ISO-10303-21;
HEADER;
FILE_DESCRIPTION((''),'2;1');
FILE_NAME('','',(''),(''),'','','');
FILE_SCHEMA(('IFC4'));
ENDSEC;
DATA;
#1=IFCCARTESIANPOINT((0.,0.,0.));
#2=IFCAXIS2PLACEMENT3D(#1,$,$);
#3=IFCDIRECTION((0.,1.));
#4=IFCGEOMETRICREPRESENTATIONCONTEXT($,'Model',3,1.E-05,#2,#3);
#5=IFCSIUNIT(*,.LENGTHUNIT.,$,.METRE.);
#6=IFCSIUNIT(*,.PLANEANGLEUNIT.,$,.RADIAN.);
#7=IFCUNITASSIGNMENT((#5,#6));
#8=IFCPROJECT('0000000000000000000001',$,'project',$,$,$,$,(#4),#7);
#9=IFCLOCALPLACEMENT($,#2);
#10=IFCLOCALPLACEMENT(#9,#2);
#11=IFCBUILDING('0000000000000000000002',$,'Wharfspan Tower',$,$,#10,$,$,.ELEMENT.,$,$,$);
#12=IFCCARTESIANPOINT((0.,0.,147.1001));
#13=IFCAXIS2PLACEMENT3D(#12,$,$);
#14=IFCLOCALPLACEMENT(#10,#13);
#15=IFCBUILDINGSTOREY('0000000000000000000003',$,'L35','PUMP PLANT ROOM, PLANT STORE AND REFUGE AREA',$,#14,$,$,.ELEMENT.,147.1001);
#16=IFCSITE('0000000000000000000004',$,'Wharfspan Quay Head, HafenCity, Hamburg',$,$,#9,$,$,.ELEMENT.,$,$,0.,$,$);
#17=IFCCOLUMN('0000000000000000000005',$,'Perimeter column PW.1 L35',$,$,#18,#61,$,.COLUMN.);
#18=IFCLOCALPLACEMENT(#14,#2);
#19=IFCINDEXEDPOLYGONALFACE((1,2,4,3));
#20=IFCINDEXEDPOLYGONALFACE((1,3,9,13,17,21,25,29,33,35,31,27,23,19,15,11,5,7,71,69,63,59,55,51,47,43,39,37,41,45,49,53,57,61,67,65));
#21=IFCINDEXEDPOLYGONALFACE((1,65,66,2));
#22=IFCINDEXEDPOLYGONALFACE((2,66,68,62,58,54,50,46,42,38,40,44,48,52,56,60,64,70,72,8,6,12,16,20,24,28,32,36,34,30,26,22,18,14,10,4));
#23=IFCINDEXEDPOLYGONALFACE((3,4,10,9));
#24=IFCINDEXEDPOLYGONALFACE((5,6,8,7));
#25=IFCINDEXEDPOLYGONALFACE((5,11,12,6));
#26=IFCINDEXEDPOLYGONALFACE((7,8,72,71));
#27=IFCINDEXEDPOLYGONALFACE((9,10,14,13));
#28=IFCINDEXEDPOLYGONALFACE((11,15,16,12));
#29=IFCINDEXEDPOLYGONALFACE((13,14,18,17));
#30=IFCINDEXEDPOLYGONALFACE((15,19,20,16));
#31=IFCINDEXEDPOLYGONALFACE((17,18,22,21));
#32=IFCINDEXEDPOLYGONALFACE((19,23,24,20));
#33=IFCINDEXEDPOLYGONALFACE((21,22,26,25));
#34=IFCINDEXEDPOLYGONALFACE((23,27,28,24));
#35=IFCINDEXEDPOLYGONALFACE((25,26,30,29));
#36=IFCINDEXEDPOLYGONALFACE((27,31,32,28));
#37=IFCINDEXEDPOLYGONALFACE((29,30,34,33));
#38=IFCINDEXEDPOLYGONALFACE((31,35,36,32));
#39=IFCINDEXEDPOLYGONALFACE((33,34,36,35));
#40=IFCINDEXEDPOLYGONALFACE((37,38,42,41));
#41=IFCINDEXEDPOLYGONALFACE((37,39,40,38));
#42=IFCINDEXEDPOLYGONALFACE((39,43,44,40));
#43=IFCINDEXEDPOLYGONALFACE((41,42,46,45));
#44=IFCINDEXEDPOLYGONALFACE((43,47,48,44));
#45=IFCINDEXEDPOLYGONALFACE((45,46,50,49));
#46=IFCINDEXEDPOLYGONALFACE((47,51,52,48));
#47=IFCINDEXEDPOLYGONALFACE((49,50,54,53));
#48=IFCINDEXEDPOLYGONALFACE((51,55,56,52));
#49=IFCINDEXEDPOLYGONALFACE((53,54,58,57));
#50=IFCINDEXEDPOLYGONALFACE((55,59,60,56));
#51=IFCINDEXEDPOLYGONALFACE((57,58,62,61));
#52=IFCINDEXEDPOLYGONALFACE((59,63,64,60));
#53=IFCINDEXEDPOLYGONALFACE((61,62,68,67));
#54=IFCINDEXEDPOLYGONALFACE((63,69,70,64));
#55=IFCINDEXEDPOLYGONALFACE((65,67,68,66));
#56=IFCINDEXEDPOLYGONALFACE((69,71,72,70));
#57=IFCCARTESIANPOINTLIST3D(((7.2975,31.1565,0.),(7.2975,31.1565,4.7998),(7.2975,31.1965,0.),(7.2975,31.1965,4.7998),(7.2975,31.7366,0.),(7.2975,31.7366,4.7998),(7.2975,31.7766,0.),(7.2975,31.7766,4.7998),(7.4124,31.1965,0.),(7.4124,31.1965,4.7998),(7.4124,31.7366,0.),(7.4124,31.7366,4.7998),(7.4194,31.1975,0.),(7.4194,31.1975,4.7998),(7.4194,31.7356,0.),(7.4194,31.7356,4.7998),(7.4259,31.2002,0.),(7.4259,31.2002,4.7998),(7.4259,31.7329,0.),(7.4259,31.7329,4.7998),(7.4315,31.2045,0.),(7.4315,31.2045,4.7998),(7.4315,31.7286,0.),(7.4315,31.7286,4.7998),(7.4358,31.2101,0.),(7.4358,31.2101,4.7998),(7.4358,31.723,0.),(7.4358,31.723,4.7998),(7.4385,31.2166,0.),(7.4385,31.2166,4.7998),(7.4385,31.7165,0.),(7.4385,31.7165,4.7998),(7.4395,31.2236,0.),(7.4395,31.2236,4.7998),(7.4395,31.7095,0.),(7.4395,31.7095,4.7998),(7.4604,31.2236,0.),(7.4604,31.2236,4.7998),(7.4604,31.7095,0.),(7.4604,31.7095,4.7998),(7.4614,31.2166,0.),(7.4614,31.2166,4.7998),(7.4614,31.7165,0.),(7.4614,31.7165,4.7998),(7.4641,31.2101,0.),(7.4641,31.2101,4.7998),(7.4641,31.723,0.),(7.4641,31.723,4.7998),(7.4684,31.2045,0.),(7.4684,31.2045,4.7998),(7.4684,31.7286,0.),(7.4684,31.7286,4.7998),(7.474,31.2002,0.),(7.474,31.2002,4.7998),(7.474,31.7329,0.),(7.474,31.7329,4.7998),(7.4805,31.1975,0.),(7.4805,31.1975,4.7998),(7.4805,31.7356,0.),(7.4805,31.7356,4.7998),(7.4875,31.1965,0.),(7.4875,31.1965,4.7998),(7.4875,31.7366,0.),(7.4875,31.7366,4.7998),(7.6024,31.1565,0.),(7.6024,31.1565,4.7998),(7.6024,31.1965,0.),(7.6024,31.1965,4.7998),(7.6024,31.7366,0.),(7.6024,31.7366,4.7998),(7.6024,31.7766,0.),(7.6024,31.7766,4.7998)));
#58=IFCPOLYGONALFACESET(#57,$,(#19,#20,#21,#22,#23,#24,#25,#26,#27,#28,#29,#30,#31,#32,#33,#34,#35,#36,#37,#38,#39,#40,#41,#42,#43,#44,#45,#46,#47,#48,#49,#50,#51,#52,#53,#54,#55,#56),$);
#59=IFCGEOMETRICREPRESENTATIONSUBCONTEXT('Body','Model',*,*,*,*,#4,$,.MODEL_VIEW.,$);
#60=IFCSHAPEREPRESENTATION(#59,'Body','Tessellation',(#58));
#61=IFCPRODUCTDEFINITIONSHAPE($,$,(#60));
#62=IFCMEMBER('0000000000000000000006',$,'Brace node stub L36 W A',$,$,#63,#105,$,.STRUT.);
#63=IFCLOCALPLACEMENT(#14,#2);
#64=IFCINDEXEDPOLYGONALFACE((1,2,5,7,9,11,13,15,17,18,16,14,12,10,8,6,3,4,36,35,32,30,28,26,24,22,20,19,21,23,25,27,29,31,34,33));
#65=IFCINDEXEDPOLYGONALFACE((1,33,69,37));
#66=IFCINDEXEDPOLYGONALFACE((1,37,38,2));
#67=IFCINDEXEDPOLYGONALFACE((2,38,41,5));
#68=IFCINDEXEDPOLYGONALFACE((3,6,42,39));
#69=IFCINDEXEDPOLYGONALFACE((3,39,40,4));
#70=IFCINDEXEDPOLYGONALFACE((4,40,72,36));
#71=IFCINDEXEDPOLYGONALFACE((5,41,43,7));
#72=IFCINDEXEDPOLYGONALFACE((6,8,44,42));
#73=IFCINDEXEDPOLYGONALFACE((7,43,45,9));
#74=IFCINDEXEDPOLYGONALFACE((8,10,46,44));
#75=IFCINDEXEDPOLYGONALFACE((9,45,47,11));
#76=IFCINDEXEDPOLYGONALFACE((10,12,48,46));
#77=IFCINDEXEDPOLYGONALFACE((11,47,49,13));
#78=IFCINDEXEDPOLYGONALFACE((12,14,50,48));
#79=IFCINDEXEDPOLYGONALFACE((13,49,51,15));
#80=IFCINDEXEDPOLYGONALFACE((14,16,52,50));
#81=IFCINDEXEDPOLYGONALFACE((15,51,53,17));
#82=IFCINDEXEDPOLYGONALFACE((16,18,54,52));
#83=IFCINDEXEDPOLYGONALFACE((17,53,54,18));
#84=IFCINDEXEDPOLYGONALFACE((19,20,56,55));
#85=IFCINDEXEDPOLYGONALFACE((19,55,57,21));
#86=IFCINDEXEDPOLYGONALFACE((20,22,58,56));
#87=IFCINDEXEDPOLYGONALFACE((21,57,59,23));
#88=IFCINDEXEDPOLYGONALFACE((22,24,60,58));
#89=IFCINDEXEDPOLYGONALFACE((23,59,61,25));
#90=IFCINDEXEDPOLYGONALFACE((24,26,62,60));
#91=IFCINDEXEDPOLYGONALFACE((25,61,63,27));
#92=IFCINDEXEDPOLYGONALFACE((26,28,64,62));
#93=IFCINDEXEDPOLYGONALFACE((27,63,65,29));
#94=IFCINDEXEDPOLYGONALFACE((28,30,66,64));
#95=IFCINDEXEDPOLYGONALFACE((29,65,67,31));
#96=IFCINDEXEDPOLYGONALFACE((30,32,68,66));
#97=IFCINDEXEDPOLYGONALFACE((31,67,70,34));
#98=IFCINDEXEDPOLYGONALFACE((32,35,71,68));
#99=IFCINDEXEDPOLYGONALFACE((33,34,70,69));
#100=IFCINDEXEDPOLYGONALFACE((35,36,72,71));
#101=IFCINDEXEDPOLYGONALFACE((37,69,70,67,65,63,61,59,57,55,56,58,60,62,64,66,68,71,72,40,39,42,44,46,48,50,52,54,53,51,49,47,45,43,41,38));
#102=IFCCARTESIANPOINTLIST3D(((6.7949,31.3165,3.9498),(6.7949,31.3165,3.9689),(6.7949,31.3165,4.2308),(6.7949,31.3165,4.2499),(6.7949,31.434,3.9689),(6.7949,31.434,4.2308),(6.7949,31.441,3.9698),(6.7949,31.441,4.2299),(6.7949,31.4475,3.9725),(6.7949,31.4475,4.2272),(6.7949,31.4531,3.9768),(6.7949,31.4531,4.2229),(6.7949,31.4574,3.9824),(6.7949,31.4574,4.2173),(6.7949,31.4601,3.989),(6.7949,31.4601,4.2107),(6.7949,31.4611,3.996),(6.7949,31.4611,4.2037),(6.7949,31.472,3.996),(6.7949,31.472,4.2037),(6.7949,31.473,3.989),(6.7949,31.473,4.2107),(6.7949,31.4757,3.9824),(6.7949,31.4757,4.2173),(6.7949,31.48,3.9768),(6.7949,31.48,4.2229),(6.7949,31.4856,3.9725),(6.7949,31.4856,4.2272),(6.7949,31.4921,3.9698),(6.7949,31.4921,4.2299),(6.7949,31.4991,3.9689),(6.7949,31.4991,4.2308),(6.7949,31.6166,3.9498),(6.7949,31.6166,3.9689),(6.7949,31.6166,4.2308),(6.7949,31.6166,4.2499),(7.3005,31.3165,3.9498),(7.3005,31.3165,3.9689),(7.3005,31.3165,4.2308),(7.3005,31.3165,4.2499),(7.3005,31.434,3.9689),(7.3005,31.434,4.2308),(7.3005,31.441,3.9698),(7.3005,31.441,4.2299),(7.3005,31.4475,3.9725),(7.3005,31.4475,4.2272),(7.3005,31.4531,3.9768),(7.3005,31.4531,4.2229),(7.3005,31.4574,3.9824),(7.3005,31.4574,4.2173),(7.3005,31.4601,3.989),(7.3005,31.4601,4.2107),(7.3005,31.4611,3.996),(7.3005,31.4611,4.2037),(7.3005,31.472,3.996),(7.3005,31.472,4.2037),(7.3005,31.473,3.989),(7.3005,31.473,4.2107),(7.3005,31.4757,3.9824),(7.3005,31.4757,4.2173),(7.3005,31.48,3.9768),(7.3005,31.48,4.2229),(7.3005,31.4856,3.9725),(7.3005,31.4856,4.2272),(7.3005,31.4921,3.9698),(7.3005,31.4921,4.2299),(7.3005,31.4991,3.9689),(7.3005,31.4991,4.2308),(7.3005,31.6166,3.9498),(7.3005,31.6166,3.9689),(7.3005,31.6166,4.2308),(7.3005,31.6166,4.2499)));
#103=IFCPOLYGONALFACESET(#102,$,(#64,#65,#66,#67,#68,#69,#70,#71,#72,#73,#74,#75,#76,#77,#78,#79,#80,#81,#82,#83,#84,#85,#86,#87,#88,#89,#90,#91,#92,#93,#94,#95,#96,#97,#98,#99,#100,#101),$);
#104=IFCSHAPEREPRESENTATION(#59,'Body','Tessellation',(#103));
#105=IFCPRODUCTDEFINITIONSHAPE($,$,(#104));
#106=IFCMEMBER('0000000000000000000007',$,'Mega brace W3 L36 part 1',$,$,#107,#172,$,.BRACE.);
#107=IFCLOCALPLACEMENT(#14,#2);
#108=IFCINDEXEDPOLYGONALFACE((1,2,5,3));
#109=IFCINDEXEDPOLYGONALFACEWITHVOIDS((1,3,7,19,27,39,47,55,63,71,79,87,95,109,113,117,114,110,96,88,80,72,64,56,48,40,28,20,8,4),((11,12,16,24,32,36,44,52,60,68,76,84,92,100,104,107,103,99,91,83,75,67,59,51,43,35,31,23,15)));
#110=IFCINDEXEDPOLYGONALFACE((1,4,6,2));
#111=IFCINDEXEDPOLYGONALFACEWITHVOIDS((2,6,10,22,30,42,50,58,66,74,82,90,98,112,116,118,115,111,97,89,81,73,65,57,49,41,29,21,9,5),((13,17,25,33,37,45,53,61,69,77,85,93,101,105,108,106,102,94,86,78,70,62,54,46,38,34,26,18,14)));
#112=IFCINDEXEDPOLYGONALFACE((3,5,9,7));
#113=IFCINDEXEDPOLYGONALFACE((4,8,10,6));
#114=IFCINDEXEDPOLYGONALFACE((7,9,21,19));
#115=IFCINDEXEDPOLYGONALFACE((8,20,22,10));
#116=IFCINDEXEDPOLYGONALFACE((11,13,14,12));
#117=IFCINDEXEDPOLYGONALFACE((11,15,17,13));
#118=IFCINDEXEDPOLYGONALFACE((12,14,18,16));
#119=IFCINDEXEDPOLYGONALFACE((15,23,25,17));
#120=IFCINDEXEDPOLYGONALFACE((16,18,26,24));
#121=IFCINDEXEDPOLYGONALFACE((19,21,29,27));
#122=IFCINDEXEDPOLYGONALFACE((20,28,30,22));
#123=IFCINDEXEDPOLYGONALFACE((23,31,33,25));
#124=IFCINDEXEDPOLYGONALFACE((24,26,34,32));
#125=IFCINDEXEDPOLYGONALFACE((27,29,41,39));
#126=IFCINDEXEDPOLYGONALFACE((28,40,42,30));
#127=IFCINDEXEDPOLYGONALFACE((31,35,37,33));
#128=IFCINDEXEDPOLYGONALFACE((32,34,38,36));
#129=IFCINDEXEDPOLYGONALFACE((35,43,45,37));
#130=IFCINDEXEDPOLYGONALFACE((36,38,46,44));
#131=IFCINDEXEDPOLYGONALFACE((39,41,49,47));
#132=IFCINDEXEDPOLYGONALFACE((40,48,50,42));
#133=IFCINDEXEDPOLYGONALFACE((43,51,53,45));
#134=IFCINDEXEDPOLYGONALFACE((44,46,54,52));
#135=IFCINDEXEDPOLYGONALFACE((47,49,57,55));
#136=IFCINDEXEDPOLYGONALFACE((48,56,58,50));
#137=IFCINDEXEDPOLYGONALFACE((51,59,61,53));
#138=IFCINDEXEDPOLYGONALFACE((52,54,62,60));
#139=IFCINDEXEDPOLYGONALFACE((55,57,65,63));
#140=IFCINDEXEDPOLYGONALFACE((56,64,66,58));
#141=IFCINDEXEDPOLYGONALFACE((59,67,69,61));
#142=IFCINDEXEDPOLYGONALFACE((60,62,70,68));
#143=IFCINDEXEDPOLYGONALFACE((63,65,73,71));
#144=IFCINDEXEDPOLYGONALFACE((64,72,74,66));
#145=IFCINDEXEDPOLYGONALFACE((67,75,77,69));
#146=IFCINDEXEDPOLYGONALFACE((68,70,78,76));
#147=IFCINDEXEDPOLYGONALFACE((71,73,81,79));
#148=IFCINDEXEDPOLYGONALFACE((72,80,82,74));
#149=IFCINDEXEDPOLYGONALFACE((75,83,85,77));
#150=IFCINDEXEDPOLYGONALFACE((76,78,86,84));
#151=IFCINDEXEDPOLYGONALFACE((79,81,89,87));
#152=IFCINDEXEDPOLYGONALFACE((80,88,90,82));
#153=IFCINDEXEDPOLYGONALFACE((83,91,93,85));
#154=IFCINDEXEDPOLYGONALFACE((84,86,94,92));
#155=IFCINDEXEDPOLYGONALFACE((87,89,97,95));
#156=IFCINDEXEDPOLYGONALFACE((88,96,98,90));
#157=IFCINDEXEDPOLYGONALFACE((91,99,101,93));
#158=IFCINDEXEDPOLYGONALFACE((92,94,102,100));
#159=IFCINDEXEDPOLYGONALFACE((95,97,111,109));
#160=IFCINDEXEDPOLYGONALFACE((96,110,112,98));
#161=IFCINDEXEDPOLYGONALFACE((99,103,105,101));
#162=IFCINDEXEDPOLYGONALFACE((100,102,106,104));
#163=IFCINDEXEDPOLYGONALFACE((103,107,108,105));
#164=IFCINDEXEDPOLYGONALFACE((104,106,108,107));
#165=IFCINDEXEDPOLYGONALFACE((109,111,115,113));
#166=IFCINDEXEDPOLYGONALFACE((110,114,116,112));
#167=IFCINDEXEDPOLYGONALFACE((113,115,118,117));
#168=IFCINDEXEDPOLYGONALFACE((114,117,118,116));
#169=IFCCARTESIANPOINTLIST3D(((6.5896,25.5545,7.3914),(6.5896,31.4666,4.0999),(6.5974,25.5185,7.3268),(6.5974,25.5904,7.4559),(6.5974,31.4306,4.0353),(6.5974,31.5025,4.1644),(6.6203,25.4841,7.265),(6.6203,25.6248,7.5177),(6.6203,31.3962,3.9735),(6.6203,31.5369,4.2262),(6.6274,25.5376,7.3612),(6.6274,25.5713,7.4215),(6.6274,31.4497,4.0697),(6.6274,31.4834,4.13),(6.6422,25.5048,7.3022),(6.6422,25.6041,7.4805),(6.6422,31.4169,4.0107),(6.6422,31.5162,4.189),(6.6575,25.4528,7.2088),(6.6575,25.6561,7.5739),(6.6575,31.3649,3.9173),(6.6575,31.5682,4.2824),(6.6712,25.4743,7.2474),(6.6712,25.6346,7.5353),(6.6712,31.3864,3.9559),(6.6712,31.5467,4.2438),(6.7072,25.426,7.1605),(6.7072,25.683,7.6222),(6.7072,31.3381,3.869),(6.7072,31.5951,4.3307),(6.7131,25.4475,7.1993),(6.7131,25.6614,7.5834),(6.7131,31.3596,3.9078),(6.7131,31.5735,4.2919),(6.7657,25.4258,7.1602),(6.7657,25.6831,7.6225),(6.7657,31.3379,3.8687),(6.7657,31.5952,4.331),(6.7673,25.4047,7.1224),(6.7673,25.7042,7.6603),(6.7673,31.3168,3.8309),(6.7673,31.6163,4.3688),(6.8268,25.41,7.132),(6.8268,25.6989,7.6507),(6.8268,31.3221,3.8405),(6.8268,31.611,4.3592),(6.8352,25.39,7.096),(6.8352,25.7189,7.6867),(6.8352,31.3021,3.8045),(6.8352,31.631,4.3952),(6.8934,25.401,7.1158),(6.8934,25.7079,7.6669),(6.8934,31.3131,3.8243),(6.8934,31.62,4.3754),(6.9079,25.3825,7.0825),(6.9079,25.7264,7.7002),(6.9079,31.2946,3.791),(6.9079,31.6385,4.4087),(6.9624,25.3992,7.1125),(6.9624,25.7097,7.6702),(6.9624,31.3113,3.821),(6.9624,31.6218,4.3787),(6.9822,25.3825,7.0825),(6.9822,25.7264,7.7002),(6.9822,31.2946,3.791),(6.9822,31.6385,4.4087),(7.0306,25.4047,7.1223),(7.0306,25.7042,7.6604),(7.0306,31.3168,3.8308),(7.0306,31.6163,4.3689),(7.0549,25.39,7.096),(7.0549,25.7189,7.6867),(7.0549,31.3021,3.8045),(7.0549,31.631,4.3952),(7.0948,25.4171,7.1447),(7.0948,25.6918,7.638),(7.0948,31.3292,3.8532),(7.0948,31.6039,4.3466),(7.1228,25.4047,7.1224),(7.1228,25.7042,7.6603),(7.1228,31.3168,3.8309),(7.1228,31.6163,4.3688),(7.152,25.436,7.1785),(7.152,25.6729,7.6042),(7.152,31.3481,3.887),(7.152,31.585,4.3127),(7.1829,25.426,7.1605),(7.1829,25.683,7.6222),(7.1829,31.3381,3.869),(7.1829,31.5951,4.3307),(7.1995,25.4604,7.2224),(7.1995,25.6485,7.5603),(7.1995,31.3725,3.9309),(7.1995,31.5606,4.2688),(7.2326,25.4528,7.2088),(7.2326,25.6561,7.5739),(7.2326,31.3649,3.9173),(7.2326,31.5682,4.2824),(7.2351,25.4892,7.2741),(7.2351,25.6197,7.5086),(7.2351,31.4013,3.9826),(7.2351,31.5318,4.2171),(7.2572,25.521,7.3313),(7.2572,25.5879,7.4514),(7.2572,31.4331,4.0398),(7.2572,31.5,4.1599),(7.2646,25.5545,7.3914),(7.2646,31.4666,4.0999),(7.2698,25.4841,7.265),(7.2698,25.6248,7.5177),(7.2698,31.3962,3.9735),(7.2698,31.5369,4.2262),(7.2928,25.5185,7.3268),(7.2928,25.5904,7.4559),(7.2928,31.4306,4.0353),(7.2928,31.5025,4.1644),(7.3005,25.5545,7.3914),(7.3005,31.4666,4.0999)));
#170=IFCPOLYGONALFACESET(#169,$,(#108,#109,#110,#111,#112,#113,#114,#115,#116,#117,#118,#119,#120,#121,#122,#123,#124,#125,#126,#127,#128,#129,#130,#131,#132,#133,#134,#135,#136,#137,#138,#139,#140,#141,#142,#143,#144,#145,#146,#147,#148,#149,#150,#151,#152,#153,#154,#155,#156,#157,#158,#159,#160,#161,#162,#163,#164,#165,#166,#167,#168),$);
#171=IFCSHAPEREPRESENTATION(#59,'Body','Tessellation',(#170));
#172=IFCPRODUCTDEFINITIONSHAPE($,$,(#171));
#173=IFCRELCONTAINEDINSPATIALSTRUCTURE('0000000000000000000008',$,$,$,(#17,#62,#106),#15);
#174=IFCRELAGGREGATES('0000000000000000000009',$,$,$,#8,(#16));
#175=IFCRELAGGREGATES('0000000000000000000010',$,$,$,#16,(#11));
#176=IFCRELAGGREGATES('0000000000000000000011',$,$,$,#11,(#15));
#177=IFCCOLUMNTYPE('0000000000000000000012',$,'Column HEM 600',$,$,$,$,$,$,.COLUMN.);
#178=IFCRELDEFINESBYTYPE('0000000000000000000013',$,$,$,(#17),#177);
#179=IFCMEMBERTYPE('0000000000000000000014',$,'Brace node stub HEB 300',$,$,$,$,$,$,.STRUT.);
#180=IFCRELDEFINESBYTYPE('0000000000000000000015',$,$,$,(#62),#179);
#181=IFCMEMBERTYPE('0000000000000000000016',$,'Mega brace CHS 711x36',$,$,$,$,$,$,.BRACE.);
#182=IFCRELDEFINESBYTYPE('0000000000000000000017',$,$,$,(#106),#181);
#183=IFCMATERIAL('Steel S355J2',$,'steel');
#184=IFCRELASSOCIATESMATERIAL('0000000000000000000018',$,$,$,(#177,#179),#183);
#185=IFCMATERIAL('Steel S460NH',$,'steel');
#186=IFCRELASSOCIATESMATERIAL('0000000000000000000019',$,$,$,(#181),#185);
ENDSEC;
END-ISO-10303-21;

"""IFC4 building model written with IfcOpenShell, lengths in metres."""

from ifc_helpers import new_model, si_unit, direction, frame, origin, origin_2d, place, context, subcontext, project, spatial, hollow_circle, i_section, extrude, material, material_profile, profile_set, type_object, element, save


model = new_model("IFC4")

# Units and contexts
model_context = context("Model", 3, precision=1e-05, world=origin(), true_north=direction((0.0, 1.0)))
body_context = subcontext(model_context, "Body", "Model", "MODEL_VIEW")
ifc_project = project(units=[si_unit("LENGTHUNIT", "METRE"), si_unit("PLANEANGLEUNIT", "RADIAN")], contexts=[model_context])

# Site, building, storey
site_placement = place(None, origin())
site = spatial("IfcSite", under=ifc_project, at=site_placement, Name="Wharfspan Quay Head, HafenCity, Hamburg", CompositionType="ELEMENT", RefElevation=0.0)
building_placement = place(site_placement, origin())
building = spatial("IfcBuilding", under=site, at=building_placement, Name="Wharfspan Tower", CompositionType="ELEMENT")
storey_placement = place(building_placement, frame((0.0, 0.0, 147.1001)))
storey = spatial("IfcBuildingStorey", under=building, at=storey_placement, Name="L35", Description="PUMP PLANT ROOM, PLANT STORE AND REFUGE AREA", CompositionType="ELEMENT", Elevation=147.1001)

# Column
ifc_material_1 = material(Name="Steel S355J2", Category="steel")
ifc_material_profile_1 = material_profile(ifc_material_1, i_section(OverallWidth=0.3049, OverallDepth=0.6201, WebThickness=0.021, FlangeThickness=0.04, FilletRadius=0.0271, at=origin_2d()))
ifc_profile_set_1 = profile_set([ifc_material_profile_1], Name="Steel S355J2")
column_type = type_object("IfcColumnType", Name="Column HEM 600", PredefinedType="COLUMN", material=ifc_profile_set_1)
column_placement = place(storey_placement, frame((7.45, 31.4666, 0.0), z_axis=(0.0, 0.0, 1.0), x_axis=(-1.0, 0.0, 0.0)))
element("IfcColumn", 1, at=column_placement, inside=storey, type_object=column_type, Name="Perimeter column PW.1 L35", PredefinedType="COLUMN", context=body_context, shape_type="SweptSolid", body=[
    extrude(i_section(OverallWidth=0.3049, OverallDepth=0.6201, WebThickness=0.021, FlangeThickness=0.04, FilletRadius=0.0271, at=origin_2d()), origin(), (0.0, 0.0, 1.0), 4.7998),
])

# Members
ifc_material_profile_2 = material_profile(ifc_material_1, i_section(OverallWidth=0.3, OverallDepth=0.3, WebThickness=0.011, FlangeThickness=0.019, FilletRadius=0.0271, at=origin_2d()))
ifc_profile_set_2 = profile_set([ifc_material_profile_2], Name="Steel S355J2")
member_type_1 = type_object("IfcMemberType", Name="Brace node stub HEB 300", PredefinedType="STRUT", material=ifc_profile_set_2)
member_1_placement = place(storey_placement, frame((7.3005, 31.4666, 4.0999), z_axis=(-1.0, 0.0, 0.0), x_axis=(0.0, -1.0, 0.0)))
element("IfcMember", 2, at=member_1_placement, inside=storey, type_object=member_type_1, Name="Brace node stub L36 W A", PredefinedType="STRUT", context=body_context, shape_type="SweptSolid", body=[
    extrude(i_section(OverallWidth=0.3, OverallDepth=0.3, WebThickness=0.011, FlangeThickness=0.019, FilletRadius=0.0271, at=origin_2d()), origin(), (0.0, 0.0, 1.0), 0.5056),
])
ifc_material_2 = material(Name="Steel S460NH", Category="steel")
ifc_material_profile_3 = material_profile(ifc_material_2, hollow_circle(Radius=0.3555, WallThickness=0.0359, at=origin_2d()))
ifc_profile_set_3 = profile_set([ifc_material_profile_3], Name="Steel S460NH")
member_type_2 = type_object("IfcMemberType", Name="Mega brace CHS 711x36", PredefinedType="BRACE", material=ifc_profile_set_3)
member_2_placement = place(storey_placement, frame((6.9451, 31.4666, 4.0999), z_axis=(0.0, -0.873718, 0.486433), x_axis=(1.0, 0.0, 0.0)))
element("IfcMember", 3, at=member_2_placement, inside=storey, type_object=member_type_2, Name="Mega brace W3 L36 part 1", PredefinedType="BRACE", context=body_context, shape_type="SweptSolid", body=[
    extrude(hollow_circle(Radius=0.3555, WallThickness=0.0359, at=origin_2d()), origin(), (0.0, 0.0, 1.0), 6.7666),
])

save(model, "model.ifc")
